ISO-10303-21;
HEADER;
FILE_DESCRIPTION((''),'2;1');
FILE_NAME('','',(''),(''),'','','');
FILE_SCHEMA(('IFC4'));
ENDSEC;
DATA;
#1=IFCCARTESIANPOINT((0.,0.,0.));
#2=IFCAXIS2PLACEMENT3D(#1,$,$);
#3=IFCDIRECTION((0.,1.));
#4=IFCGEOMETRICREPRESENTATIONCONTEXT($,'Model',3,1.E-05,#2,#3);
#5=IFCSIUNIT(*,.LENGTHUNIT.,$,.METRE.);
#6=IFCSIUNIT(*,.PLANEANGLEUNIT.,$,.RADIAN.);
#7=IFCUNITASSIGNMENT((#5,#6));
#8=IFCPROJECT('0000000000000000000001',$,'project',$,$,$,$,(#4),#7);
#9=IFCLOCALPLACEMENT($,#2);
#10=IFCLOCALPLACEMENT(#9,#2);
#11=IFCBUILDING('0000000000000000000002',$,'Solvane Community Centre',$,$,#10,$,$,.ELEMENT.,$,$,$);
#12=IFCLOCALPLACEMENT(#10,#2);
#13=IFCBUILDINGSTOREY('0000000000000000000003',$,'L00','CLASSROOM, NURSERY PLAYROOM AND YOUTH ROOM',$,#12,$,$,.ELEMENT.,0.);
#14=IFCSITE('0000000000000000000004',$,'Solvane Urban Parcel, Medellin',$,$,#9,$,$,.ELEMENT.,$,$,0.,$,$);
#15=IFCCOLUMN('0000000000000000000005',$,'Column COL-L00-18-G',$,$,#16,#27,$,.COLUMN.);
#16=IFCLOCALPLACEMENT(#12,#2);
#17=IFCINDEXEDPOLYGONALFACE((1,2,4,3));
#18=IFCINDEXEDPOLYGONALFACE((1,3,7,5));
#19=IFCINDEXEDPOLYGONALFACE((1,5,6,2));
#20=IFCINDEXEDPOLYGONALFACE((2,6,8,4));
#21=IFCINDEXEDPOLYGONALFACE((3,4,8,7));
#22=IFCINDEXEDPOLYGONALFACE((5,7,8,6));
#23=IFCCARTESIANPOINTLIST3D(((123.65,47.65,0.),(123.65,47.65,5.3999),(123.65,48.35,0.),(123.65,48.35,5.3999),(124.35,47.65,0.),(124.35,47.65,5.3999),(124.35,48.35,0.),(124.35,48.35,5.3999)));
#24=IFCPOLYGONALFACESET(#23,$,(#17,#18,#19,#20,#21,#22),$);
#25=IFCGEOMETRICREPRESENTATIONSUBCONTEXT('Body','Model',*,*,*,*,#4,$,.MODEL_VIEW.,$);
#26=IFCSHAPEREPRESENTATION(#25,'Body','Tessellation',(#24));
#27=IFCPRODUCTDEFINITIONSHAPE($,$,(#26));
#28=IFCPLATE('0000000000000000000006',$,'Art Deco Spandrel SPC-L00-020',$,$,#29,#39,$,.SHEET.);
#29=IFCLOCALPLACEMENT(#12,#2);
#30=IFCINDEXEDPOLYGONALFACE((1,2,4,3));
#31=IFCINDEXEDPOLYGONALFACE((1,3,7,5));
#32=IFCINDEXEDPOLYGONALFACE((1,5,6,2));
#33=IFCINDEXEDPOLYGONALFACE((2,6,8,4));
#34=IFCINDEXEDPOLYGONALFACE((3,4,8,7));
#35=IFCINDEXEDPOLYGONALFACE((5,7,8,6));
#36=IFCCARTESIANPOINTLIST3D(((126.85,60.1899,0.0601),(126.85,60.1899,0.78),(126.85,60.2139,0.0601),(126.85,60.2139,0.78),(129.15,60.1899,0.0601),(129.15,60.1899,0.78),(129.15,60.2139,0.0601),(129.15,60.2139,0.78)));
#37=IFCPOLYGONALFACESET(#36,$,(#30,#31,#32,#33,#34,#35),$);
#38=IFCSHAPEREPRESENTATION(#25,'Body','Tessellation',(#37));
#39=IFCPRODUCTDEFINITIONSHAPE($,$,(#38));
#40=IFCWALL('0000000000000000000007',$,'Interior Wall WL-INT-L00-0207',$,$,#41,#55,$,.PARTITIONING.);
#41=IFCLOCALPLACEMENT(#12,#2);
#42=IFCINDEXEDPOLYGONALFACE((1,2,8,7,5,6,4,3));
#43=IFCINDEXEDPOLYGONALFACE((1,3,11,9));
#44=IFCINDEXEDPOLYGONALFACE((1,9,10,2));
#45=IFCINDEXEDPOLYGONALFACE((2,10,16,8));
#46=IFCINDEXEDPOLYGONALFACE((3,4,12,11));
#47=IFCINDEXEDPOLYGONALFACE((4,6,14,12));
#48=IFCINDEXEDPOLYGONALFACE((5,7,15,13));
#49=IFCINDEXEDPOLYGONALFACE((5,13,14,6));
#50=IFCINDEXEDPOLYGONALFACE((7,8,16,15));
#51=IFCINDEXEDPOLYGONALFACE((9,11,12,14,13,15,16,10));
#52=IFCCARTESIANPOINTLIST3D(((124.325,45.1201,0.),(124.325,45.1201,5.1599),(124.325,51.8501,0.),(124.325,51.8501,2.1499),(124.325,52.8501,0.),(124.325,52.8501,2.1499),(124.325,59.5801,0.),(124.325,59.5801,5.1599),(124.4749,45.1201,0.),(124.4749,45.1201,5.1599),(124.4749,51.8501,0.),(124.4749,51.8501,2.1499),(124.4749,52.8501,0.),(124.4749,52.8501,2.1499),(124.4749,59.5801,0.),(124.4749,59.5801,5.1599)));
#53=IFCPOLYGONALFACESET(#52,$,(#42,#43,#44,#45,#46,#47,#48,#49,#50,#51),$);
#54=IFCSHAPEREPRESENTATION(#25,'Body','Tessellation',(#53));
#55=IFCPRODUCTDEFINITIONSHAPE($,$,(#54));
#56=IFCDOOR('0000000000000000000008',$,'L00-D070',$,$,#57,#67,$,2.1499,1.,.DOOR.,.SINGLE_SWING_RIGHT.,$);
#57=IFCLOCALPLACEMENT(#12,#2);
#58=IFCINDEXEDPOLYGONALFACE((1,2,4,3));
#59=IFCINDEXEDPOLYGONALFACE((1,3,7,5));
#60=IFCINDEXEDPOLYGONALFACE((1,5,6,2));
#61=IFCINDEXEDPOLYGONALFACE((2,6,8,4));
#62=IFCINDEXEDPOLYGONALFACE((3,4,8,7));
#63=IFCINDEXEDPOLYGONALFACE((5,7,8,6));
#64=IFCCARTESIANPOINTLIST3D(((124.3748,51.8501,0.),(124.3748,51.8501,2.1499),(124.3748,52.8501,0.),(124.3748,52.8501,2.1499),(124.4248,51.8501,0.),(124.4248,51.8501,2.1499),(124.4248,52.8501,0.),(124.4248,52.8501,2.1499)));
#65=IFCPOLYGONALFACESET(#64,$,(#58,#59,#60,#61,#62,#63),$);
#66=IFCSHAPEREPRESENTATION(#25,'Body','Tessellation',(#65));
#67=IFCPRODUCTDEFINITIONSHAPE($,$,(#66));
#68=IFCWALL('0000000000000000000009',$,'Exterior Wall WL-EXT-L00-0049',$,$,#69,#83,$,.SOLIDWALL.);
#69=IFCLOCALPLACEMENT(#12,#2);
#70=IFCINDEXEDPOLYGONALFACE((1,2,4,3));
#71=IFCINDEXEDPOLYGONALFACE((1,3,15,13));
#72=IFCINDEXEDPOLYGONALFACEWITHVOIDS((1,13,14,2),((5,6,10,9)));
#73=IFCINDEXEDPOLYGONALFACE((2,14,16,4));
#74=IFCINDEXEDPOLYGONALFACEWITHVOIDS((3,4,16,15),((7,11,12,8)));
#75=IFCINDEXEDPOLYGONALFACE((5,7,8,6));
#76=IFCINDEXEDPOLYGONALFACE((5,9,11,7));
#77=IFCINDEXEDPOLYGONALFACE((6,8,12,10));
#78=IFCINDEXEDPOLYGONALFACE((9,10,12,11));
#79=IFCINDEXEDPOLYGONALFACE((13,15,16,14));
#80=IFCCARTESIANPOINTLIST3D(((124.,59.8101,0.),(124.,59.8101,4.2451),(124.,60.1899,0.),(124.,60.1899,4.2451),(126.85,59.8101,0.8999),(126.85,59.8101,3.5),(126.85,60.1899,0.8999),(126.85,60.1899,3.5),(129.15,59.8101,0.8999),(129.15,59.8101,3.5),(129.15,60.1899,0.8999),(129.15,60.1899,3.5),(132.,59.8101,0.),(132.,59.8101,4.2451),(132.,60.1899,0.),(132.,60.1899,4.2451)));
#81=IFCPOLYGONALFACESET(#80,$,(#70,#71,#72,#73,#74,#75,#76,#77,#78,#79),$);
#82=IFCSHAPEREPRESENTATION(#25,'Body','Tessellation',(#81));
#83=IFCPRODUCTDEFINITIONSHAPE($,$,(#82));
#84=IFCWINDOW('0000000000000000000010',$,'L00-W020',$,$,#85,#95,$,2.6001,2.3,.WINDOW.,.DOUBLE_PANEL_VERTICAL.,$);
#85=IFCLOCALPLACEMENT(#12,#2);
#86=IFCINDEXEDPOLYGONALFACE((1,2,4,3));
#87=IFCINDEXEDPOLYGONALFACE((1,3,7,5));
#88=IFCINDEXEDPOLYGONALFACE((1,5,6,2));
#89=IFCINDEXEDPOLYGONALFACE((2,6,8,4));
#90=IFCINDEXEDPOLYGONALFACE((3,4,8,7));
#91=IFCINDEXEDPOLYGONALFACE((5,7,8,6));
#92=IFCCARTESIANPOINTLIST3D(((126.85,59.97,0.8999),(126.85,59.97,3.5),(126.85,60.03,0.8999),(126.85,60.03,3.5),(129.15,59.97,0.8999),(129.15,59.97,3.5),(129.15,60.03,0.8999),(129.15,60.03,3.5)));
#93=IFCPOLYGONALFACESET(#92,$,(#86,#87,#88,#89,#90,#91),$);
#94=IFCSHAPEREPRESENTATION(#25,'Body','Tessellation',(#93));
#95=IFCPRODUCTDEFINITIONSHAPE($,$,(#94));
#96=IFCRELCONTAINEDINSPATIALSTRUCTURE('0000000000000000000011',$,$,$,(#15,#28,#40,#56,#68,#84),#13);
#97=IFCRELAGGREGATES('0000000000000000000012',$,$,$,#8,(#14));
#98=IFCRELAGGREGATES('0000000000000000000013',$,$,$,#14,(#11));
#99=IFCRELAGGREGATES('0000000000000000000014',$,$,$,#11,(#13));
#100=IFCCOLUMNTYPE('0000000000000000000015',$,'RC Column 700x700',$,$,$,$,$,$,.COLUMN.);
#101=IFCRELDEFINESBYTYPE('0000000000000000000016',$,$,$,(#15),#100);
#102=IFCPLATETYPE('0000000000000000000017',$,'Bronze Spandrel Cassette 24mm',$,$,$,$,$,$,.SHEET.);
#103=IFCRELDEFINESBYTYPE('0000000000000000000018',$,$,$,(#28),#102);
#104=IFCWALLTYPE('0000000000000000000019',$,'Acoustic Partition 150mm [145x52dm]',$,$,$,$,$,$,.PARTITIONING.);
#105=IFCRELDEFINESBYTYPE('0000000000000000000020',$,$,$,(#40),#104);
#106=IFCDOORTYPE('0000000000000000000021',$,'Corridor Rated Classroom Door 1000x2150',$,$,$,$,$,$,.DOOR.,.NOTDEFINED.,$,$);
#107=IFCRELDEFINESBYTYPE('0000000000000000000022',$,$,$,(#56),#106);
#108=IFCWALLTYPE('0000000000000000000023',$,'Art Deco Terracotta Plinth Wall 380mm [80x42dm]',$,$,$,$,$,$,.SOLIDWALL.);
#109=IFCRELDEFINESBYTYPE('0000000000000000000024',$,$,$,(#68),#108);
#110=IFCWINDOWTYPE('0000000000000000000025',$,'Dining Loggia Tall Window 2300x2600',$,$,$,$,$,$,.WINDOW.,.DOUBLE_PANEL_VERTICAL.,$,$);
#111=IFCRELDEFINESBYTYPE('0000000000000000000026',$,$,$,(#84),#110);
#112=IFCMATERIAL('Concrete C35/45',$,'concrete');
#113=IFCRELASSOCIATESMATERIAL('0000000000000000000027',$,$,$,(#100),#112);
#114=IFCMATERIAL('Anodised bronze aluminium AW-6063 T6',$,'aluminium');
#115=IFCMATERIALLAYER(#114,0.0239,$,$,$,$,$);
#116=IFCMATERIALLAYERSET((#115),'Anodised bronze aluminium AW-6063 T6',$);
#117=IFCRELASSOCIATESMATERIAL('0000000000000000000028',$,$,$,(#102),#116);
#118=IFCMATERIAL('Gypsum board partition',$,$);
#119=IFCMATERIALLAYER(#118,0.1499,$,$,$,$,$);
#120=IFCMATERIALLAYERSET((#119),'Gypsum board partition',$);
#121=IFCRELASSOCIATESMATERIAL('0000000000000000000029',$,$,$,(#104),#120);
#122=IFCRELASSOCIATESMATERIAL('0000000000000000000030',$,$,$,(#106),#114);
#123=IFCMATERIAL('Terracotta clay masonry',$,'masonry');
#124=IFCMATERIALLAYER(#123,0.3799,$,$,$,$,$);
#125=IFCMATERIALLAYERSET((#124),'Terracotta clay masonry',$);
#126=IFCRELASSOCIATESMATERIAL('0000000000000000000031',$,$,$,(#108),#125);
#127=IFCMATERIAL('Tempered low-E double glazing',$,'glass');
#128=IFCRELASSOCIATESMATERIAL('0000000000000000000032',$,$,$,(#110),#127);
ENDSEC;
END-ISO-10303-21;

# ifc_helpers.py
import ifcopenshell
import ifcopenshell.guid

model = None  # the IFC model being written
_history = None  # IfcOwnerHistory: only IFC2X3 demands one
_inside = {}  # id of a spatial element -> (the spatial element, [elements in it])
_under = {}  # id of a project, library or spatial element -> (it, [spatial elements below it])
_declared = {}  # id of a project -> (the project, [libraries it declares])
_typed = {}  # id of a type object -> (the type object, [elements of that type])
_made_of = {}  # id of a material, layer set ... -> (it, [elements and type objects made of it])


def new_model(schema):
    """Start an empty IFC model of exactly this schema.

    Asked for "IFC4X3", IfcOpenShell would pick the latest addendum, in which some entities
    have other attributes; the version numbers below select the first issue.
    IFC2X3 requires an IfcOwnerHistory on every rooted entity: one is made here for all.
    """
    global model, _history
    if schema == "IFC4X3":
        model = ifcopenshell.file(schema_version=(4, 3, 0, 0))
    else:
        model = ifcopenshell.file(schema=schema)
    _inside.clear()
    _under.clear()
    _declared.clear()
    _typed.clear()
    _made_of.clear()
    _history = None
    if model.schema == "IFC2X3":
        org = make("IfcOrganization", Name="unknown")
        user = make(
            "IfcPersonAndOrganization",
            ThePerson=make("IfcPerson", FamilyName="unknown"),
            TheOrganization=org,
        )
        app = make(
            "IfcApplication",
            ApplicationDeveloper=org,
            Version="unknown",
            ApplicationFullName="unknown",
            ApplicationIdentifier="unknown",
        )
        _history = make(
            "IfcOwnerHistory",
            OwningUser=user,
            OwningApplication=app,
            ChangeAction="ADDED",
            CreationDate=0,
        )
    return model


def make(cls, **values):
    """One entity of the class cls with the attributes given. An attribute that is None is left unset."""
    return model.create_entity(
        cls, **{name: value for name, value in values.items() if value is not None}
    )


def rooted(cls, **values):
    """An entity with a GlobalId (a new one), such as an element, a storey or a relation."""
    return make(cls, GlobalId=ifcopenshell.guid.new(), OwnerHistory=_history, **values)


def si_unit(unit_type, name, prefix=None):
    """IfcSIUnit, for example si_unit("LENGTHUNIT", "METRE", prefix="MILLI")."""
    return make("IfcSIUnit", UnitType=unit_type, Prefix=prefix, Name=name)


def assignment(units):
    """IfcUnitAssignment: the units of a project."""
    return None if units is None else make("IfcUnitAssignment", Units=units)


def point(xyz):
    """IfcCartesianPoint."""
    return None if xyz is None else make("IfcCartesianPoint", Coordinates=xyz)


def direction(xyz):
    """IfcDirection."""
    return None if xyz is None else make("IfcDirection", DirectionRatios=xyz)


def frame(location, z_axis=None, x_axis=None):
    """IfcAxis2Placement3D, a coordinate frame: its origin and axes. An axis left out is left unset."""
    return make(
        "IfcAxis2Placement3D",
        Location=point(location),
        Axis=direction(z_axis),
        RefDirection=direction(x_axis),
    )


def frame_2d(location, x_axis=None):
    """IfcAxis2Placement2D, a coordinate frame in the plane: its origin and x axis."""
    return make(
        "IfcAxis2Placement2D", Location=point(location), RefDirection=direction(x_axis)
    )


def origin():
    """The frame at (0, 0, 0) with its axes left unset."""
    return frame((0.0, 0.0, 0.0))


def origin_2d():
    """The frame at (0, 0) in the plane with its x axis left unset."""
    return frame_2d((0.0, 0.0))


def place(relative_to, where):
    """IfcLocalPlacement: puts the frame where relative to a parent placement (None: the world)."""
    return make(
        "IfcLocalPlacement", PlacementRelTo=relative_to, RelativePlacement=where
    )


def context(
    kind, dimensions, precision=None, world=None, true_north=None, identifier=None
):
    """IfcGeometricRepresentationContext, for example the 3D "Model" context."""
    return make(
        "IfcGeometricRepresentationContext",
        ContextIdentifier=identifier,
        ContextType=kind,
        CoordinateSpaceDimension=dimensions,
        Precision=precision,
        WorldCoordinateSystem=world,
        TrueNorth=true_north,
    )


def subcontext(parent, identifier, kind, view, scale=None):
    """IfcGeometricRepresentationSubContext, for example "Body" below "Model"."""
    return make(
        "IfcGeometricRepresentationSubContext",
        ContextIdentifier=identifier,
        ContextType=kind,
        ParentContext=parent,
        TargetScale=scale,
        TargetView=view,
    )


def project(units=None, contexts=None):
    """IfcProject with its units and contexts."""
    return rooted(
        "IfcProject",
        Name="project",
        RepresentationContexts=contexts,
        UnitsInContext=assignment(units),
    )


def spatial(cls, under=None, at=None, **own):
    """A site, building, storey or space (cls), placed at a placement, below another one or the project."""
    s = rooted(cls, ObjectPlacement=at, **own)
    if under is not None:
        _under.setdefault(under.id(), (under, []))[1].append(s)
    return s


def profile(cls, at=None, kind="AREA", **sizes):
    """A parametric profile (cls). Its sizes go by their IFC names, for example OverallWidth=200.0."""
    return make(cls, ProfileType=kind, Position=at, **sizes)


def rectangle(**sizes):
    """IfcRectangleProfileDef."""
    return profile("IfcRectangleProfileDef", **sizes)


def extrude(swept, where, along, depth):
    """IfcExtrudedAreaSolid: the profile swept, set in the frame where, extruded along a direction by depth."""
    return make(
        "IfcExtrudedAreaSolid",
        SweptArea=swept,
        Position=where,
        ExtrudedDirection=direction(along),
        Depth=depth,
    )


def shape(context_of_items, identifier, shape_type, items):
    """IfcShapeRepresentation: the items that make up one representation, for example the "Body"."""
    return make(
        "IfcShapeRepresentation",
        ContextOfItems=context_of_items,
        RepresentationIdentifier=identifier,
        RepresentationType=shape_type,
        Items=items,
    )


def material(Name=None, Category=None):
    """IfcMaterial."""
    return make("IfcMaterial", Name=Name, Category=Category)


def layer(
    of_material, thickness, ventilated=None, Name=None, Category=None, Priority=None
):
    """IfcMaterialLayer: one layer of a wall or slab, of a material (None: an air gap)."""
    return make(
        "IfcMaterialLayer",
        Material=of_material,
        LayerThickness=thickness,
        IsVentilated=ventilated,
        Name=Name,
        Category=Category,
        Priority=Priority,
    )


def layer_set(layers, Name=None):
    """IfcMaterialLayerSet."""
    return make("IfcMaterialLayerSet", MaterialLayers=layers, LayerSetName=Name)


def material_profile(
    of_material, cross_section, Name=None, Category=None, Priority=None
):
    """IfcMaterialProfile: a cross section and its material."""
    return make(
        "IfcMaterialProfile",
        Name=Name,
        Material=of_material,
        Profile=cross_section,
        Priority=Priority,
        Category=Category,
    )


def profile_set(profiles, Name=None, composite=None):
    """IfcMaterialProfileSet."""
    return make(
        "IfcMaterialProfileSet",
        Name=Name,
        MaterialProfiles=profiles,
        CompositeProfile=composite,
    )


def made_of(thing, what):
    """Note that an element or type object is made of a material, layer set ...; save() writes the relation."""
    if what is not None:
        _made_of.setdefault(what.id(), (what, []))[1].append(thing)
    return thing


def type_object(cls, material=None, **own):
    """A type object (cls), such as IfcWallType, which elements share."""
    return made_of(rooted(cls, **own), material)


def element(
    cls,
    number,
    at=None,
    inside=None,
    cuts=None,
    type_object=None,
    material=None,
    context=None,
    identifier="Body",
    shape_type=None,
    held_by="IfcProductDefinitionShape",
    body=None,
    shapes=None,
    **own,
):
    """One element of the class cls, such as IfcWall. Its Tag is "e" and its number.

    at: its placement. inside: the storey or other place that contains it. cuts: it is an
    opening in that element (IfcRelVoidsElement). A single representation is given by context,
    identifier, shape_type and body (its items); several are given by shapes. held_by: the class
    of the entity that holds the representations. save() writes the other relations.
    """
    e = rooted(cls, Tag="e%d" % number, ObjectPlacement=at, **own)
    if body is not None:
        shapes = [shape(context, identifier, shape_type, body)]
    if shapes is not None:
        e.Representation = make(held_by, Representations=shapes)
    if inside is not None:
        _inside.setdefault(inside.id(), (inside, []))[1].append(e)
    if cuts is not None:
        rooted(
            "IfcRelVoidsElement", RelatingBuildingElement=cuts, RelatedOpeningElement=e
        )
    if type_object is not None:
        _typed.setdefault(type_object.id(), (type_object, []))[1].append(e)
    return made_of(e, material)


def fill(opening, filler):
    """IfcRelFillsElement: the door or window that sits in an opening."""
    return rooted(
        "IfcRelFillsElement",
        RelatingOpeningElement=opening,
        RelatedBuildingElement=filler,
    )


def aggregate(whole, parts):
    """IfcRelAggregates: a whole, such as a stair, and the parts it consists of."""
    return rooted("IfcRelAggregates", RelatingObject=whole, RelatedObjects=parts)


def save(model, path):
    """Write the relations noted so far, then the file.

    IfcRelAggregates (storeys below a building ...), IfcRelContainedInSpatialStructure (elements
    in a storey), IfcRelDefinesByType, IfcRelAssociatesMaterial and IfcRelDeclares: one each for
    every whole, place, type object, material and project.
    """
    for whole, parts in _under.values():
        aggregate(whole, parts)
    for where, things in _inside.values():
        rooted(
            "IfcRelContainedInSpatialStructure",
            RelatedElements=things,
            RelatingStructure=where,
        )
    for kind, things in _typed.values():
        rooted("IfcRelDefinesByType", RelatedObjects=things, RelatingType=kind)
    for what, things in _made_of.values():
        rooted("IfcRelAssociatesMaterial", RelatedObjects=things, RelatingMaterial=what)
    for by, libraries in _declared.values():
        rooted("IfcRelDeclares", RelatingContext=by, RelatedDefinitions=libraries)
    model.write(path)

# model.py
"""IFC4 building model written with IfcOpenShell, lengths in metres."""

from ifc_helpers import new_model, si_unit, direction, frame, frame_2d, origin, origin_2d, place, context, subcontext, project, spatial, rectangle, extrude, material, layer, layer_set, material_profile, profile_set, type_object, element, fill, save


model = new_model("IFC4")

# Units and contexts
model_context = context("Model", 3, precision=1e-05, world=origin(), true_north=direction((0.0, 1.0)))
body_context = subcontext(model_context, "Body", "Model", "MODEL_VIEW")
ifc_project = project(units=[si_unit("LENGTHUNIT", "METRE"), si_unit("PLANEANGLEUNIT", "RADIAN")], contexts=[model_context])

# Site, building, storey
site_placement = place(None, origin())
site = spatial("IfcSite", under=ifc_project, at=site_placement, Name="Solvane Urban Parcel, Medellin", CompositionType="ELEMENT", RefElevation=0.0)
building_placement = place(site_placement, origin())
building = spatial("IfcBuilding", under=site, at=building_placement, Name="Solvane Community Centre", CompositionType="ELEMENT")
storey_placement = place(building_placement, origin())
storey = spatial("IfcBuildingStorey", under=building, at=storey_placement, Name="L00", Description="CLASSROOM, NURSERY PLAYROOM AND YOUTH ROOM", CompositionType="ELEMENT", Elevation=0.0)

# Column
ifc_material_1 = material(Name="Concrete C35/45", Category="concrete")
ifc_material_profile_1 = material_profile(ifc_material_1, rectangle(XDim=0.7, YDim=0.7, at=origin_2d()), Name="RC 700x700")
ifc_profile_set_1 = profile_set([ifc_material_profile_1], Name="Concrete C35/45")
column_type_1 = type_object("IfcColumnType", Name="RC Column 700x700", PredefinedType="COLUMN", material=ifc_profile_set_1)
column_placement = place(storey_placement, frame((124.0, 48.0, 0.0), z_axis=(0.0, 0.0, 1.0), x_axis=(1.0, 0.0, 0.0)))
element("IfcColumn", 1, at=column_placement, inside=storey, type_object=column_type_1, Name="Column COL-L00-18-G", PredefinedType="COLUMN", context=body_context, shape_type="SweptSolid", body=[
    extrude(rectangle(XDim=0.7, YDim=0.7, at=origin_2d()), origin(), (0.0, 0.0, 1.0), 5.3999),
])

# Plate
ifc_material_2 = material(Name="Anodised bronze aluminium AW-6063 T6", Category="aluminium")
ifc_layer_1 = layer(ifc_material_2, 0.0239)
ifc_layer_set_1 = layer_set([ifc_layer_1], Name="Anodised bronze aluminium AW-6063 T6")
plate_type = type_object("IfcPlateType", Name="Bronze Spandrel Cassette 24mm", PredefinedType="SHEET", material=ifc_layer_set_1)
plate_placement = place(storey_placement, frame((128.0, 60.2019, 0.0601), z_axis=(0.0, 0.0, 1.0), x_axis=(1.0, 0.0, 0.0)))
element("IfcPlate", 2, at=plate_placement, inside=storey, type_object=plate_type, Name="Art Deco Spandrel SPC-L00-020", PredefinedType="SHEET", context=body_context, shape_type="SweptSolid", body=[
    extrude(rectangle(XDim=2.3, YDim=0.0239, at=origin_2d()), origin(), (0.0, 0.0, 1.0), 0.72),
])

# Wall, opening, door
ifc_material_3 = material(Name="Gypsum board partition")
ifc_layer_2 = layer(ifc_material_3, 0.1499)
ifc_layer_set_2 = layer_set([ifc_layer_2], Name="Gypsum board partition")
wall_type_1 = type_object("IfcWallType", Name="Acoustic Partition 150mm [145x52dm]", PredefinedType="PARTITIONING", material=ifc_layer_set_2)
wall_1_placement = place(storey_placement, frame((124.3999, 59.5801, 0.0), z_axis=(0.0, 0.0, 1.0), x_axis=(0.0, -1.0, 0.0)))
wall_1 = element("IfcWall", 3, at=wall_1_placement, inside=storey, type_object=wall_type_1, Name="Interior Wall WL-INT-L00-0207", PredefinedType="PARTITIONING", context=body_context, shape_type="SweptSolid", body=[
    extrude(rectangle(XDim=14.46, YDim=0.1499, at=frame_2d((7.23, 0.0))), origin(), (0.0, 0.0, 1.0), 5.1599),
])
opening_1_placement = place(wall_1_placement, frame((6.73, 0.0, 0.0)))
opening_1 = element("IfcOpeningElement", 4, at=opening_1_placement, cuts=wall_1, PredefinedType="OPENING", context=body_context, shape_type="SweptSolid", body=[
    extrude(rectangle(XDim=1.0, YDim=2.1499, at=frame_2d((0.5, 1.075))), frame((0.0, 0.085, 0.0), z_axis=(0.0, -1.0, 0.0), x_axis=(1.0, 0.0, 0.0)), (0.0, 0.0, 1.0), 0.1699),
])
door_type = type_object("IfcDoorType", Name="Corridor Rated Classroom Door 1000x2150", OperationType="NOTDEFINED", PredefinedType="DOOR", material=ifc_material_2)
door_placement = place(opening_1_placement, origin())
door = element("IfcDoor", 5, at=door_placement, inside=storey, type_object=door_type, Name="L00-D070", OperationType="SINGLE_SWING_RIGHT", OverallHeight=2.1499, OverallWidth=1.0, PredefinedType="DOOR", context=body_context, shape_type="SweptSolid", body=[
    extrude(rectangle(XDim=1.0, YDim=2.1499, at=frame_2d((0.5, 1.075))), frame((0.0, 0.0249, 0.0), z_axis=(0.0, -1.0, 0.0), x_axis=(1.0, 0.0, 0.0)), (0.0, 0.0, 1.0), 0.05),
])
fill(opening_1, door)

# Wall, opening, window
ifc_material_4 = material(Name="Terracotta clay masonry", Category="masonry")
ifc_layer_3 = layer(ifc_material_4, 0.3799)
ifc_layer_set_3 = layer_set([ifc_layer_3], Name="Terracotta clay masonry")
wall_type_2 = type_object("IfcWallType", Name="Art Deco Terracotta Plinth Wall 380mm [80x42dm]", PredefinedType="SOLIDWALL", material=ifc_layer_set_3)
wall_2_placement = place(storey_placement, frame((124.0, 60.0, 0.0), z_axis=(0.0, 0.0, 1.0), x_axis=(1.0, 0.0, 0.0)))
wall_2 = element("IfcWall", 6, at=wall_2_placement, inside=storey, type_object=wall_type_2, Name="Exterior Wall WL-EXT-L00-0049", PredefinedType="SOLIDWALL", context=body_context, shape_type="SweptSolid", body=[
    extrude(rectangle(XDim=8.0, YDim=0.3799, at=frame_2d((4.0, 0.0))), origin(), (0.0, 0.0, 1.0), 4.2451),
])
opening_2_placement = place(wall_2_placement, frame((2.8501, 0.0, 0.8999)))
opening_2 = element("IfcOpeningElement", 7, at=opening_2_placement, cuts=wall_2, PredefinedType="OPENING", context=body_context, shape_type="SweptSolid", body=[
    extrude(rectangle(XDim=2.3, YDim=2.6001, at=frame_2d((1.1499, 1.3))), frame((0.0, 0.2, 0.0), z_axis=(0.0, -1.0, 0.0), x_axis=(1.0, 0.0, 0.0)), (0.0, 0.0, 1.0), 0.3999),
])
ifc_material_5 = material(Name="Tempered low-E double glazing", Category="glass")
window_type = type_object("IfcWindowType", Name="Dining Loggia Tall Window 2300x2600", PartitioningType="DOUBLE_PANEL_VERTICAL", PredefinedType="WINDOW", material=ifc_material_5)
window_placement = place(opening_2_placement, origin())
window = element("IfcWindow", 8, at=window_placement, inside=storey, type_object=window_type, Name="L00-W020", OverallHeight=2.6001, OverallWidth=2.3, PartitioningType="DOUBLE_PANEL_VERTICAL", PredefinedType="WINDOW", context=body_context, shape_type="SweptSolid", body=[
    extrude(rectangle(XDim=2.3, YDim=2.6001, at=frame_2d((1.1499, 1.3))), frame((0.0, 0.03, 0.0), z_axis=(0.0, -1.0, 0.0), x_axis=(1.0, 0.0, 0.0)), (0.0, 0.0, 1.0), 0.0601),
])
fill(opening_2, window)

save(model, "model.ifc")
